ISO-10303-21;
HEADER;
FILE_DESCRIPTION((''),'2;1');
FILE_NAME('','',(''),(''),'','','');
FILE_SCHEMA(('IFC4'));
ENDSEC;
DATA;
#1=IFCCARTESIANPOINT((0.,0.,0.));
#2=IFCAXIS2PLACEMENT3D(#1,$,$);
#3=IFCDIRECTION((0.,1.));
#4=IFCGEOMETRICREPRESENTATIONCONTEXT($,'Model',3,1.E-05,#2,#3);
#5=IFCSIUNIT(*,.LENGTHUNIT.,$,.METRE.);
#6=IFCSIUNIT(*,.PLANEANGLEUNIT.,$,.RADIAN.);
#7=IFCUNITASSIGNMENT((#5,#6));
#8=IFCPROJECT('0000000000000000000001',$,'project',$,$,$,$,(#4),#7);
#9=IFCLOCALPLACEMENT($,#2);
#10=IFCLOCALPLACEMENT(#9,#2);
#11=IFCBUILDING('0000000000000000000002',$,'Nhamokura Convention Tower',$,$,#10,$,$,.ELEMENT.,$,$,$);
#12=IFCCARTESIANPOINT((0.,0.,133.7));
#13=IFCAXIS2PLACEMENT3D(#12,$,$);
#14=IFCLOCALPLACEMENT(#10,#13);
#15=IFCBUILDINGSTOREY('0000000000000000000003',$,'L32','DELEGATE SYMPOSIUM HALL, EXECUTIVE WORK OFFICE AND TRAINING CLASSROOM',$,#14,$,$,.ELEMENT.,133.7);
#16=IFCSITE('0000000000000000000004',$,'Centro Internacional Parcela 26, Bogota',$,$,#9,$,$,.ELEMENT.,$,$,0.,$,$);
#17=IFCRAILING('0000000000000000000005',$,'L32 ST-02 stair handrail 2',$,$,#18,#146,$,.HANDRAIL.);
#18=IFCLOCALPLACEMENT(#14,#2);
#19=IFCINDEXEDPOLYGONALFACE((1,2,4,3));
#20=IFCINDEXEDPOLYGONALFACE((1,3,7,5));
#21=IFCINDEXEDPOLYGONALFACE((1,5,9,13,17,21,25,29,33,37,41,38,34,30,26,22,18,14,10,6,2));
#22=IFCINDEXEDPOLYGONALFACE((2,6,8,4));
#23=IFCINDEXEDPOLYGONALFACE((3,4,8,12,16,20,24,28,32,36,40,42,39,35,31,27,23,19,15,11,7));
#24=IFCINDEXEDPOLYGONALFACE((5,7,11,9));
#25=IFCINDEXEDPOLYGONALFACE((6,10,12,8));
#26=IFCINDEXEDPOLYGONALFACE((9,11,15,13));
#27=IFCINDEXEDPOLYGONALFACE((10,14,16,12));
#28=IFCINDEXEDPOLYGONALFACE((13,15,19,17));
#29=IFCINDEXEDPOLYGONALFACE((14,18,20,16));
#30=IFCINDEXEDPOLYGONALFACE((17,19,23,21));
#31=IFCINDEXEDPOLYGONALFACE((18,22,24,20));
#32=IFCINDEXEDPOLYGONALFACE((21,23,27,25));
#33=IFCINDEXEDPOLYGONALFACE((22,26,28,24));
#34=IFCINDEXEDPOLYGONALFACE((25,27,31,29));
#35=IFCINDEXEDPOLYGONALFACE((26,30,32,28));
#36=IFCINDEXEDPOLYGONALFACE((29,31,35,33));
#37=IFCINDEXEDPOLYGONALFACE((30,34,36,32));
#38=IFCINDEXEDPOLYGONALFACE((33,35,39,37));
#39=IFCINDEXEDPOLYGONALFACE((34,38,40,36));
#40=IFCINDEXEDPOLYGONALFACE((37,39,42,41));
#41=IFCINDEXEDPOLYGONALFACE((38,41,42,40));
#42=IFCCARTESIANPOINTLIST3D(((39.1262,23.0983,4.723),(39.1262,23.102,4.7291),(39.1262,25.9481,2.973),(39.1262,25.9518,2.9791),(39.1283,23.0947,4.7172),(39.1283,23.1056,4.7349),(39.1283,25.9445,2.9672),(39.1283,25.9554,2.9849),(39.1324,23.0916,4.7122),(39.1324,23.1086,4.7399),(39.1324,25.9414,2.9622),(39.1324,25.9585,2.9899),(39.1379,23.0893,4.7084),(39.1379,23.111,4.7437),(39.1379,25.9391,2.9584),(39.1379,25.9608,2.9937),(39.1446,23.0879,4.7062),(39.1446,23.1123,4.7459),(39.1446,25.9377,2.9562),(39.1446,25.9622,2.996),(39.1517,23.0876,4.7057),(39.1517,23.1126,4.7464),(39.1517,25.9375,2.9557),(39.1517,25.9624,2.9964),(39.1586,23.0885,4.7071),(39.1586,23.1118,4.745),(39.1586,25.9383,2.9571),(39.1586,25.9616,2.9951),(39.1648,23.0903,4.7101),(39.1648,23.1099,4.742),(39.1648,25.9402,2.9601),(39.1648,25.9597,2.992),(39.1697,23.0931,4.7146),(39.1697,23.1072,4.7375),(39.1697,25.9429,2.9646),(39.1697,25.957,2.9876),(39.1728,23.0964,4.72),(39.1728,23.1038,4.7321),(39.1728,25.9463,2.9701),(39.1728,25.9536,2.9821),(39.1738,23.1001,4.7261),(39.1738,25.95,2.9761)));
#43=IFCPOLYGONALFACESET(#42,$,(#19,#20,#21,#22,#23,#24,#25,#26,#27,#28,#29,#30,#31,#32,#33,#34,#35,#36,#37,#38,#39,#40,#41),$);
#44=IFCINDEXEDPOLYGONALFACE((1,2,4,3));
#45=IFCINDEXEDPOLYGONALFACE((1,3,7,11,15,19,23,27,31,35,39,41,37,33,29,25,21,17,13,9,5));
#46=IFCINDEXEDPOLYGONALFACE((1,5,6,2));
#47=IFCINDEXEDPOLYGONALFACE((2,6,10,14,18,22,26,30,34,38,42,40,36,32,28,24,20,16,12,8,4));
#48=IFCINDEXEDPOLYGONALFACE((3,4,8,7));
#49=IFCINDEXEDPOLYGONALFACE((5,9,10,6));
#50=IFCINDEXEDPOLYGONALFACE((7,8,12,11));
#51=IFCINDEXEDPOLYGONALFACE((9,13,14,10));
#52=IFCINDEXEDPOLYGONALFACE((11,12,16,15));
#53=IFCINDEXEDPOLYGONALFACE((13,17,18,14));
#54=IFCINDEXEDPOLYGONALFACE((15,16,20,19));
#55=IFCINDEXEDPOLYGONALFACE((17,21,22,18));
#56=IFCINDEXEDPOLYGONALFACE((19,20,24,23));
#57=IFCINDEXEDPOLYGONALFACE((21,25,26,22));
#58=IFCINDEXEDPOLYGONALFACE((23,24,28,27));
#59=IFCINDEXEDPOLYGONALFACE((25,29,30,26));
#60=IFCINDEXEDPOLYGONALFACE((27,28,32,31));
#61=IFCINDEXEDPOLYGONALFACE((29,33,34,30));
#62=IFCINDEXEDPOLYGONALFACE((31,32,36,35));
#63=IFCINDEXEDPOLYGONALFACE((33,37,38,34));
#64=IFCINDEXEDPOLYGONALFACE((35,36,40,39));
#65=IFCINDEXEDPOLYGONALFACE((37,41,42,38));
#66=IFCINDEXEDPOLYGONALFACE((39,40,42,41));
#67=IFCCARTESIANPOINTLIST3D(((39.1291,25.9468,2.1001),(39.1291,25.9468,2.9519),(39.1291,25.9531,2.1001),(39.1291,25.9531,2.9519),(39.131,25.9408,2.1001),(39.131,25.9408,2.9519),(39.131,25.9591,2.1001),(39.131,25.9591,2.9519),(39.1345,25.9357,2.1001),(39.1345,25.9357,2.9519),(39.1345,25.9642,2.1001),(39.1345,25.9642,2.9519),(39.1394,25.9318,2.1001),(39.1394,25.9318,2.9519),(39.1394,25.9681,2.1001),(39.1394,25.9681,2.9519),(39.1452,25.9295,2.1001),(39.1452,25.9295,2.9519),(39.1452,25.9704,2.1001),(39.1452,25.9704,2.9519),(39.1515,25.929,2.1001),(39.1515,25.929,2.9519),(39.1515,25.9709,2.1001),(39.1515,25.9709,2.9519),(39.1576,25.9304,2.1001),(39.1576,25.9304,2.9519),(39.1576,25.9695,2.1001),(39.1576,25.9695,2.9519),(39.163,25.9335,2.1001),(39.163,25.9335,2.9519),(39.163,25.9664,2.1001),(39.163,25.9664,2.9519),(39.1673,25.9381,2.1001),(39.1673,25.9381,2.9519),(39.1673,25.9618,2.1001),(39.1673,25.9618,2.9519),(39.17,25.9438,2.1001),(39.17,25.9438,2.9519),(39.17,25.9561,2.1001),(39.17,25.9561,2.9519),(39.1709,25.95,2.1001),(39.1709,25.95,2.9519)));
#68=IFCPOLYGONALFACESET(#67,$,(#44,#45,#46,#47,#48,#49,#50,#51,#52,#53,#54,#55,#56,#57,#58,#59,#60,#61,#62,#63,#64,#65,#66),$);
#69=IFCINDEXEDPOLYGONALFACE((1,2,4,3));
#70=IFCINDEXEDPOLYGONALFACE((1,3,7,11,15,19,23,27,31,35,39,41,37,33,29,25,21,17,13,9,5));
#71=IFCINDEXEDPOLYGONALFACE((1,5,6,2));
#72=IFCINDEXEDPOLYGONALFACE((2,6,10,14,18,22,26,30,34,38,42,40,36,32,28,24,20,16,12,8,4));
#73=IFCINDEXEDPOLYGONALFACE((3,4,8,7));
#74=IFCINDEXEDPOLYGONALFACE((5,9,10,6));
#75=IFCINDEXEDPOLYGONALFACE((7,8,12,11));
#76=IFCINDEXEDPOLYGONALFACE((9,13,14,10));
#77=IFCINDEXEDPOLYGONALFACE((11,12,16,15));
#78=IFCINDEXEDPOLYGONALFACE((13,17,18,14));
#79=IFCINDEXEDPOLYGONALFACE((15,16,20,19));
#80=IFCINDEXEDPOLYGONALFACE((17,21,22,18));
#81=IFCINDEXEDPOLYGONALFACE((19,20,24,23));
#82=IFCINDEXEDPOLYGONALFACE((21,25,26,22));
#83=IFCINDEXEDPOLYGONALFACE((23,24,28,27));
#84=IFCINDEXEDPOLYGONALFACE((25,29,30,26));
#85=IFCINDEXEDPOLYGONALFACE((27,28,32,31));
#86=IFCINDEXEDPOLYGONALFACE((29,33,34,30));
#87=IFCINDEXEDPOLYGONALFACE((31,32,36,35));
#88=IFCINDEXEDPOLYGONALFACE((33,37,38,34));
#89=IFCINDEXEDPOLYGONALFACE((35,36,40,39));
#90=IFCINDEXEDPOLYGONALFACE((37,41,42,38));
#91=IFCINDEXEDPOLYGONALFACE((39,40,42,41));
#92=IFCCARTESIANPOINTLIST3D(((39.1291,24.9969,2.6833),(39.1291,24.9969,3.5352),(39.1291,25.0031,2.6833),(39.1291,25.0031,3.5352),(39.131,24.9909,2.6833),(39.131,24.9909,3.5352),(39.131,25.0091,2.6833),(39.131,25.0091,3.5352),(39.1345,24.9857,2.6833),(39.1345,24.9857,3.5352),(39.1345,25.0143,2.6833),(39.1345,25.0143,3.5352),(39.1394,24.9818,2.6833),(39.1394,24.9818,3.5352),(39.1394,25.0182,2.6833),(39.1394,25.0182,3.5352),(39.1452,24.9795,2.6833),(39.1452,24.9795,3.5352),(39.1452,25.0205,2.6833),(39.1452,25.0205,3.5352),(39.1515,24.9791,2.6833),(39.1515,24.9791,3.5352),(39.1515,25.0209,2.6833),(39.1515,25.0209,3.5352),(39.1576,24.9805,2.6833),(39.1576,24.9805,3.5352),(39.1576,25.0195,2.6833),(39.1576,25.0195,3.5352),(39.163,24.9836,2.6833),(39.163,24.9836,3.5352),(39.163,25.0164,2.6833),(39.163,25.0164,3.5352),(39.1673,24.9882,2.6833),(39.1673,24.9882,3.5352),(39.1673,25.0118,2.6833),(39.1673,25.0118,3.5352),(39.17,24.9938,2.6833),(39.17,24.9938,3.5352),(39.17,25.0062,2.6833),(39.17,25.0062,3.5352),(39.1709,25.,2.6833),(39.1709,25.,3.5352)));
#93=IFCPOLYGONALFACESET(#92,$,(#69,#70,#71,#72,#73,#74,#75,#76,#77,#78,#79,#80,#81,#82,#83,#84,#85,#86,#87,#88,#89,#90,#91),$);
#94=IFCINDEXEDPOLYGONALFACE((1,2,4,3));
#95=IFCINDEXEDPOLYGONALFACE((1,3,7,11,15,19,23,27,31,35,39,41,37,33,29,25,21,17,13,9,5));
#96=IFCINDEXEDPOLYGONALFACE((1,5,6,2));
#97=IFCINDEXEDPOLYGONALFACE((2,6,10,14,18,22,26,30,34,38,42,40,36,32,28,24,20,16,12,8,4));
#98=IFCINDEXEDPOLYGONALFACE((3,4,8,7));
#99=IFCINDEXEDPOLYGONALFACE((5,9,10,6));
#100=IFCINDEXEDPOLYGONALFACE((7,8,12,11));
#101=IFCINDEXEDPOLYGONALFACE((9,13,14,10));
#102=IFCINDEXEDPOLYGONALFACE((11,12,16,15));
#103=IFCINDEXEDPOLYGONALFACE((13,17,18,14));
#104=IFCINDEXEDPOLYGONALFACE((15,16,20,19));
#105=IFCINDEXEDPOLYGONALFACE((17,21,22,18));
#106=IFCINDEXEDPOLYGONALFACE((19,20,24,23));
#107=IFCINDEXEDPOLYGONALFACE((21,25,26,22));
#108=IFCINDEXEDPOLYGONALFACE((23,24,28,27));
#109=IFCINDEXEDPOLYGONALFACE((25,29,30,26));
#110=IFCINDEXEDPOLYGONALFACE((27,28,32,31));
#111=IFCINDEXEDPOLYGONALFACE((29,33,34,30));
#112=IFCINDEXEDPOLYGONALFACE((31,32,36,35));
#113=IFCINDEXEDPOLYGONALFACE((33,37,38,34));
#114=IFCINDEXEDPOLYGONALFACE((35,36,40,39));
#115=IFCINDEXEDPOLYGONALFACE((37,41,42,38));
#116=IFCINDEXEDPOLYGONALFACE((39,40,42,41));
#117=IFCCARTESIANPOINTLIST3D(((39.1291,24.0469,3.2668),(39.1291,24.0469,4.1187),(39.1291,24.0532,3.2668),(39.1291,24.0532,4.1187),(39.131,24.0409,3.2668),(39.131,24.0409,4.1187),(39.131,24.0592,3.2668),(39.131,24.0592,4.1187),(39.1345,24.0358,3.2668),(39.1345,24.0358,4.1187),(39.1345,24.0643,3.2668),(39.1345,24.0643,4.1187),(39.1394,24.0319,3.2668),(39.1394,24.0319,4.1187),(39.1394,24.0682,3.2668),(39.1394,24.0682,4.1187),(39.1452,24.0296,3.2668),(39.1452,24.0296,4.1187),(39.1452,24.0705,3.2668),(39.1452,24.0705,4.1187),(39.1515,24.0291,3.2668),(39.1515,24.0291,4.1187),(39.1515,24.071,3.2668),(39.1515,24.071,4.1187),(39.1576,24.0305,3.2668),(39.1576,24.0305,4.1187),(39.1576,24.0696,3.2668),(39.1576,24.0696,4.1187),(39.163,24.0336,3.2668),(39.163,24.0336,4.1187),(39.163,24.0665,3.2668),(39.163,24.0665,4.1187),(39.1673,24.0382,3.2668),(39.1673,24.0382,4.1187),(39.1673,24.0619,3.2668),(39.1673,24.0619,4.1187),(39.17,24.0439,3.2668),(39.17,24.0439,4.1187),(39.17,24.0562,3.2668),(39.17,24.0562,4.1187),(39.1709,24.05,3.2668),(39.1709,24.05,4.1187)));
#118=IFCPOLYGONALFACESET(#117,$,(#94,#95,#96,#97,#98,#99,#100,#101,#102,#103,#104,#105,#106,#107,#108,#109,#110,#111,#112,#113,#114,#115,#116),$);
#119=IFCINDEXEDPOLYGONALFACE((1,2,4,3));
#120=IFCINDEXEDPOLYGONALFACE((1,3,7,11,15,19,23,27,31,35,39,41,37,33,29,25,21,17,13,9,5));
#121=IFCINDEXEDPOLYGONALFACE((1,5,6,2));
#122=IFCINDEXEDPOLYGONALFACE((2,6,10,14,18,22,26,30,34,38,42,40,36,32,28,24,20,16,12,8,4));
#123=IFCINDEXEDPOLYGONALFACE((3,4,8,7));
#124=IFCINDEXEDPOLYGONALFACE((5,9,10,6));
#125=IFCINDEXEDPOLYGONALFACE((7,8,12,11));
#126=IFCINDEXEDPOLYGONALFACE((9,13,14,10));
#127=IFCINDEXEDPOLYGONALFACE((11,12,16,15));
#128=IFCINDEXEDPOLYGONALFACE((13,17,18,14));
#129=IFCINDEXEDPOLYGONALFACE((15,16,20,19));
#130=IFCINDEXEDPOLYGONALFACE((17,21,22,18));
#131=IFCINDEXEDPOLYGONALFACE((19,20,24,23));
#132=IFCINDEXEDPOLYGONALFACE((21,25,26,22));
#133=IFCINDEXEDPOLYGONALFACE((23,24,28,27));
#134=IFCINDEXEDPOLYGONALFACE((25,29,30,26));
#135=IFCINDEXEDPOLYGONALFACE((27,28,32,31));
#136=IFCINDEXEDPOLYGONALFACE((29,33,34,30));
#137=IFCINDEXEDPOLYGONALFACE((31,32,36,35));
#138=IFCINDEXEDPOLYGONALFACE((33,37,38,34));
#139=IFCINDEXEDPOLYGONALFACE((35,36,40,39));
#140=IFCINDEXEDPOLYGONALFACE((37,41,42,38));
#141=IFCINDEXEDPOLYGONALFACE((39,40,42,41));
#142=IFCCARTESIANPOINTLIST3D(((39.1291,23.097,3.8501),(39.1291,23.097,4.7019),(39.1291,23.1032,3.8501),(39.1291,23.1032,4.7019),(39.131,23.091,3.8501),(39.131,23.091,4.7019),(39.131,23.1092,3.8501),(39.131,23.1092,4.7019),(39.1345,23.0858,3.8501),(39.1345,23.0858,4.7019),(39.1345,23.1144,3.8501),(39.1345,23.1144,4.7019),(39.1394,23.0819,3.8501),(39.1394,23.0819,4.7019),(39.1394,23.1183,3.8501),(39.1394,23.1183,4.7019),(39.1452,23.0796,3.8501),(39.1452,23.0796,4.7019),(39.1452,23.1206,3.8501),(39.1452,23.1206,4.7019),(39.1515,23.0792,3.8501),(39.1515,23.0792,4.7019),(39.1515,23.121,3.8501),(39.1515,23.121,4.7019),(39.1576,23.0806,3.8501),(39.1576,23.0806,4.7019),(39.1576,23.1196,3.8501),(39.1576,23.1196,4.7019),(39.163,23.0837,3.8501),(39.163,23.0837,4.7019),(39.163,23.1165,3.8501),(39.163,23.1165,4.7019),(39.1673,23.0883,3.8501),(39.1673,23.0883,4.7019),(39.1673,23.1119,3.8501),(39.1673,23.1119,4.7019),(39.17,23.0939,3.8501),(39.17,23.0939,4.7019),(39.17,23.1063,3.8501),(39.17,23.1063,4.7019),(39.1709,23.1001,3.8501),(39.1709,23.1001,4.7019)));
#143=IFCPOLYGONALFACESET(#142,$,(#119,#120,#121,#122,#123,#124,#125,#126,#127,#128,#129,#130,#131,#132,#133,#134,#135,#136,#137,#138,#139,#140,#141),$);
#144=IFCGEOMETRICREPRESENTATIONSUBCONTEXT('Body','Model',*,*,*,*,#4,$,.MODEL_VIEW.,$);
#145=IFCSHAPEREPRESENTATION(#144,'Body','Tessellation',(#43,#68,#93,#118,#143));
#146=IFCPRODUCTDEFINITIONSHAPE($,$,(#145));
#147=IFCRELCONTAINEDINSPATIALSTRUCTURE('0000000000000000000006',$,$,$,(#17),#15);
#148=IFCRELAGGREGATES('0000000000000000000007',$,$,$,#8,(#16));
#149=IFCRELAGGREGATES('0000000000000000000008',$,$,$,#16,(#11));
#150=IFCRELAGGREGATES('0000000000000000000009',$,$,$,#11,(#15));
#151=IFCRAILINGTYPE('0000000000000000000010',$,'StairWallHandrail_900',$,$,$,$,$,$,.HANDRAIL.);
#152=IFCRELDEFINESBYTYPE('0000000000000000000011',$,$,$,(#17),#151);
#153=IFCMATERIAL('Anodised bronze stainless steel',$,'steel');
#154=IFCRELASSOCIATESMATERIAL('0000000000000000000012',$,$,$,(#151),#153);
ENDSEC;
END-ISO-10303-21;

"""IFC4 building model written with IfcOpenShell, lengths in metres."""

from ifc_helpers import new_model, si_unit, direction, frame, origin, origin_2d, place, context, subcontext, project, spatial, circle, extrude, material, type_object, element, save


model = new_model("IFC4")

# Units and contexts
model_context = context("Model", 3, precision=1e-05, world=origin(), true_north=direction((0.0, 1.0)))
body_context = subcontext(model_context, "Body", "Model", "MODEL_VIEW")
ifc_project = project(units=[si_unit("LENGTHUNIT", "METRE"), si_unit("PLANEANGLEUNIT", "RADIAN")], contexts=[model_context])

# Site, building, storey
site_placement = place(None, origin())
site = spatial("IfcSite", under=ifc_project, at=site_placement, Name="Centro Internacional Parcela 26, Bogota", CompositionType="ELEMENT", RefElevation=0.0)
building_placement = place(site_placement, origin())
building = spatial("IfcBuilding", under=site, at=building_placement, Name="Nhamokura Convention Tower", CompositionType="ELEMENT")
storey_placement = place(building_placement, frame((0.0, 0.0, 133.7)))
storey = spatial("IfcBuildingStorey", under=building, at=storey_placement, Name="L32", Description="DELEGATE SYMPOSIUM HALL, EXECUTIVE WORK OFFICE AND TRAINING CLASSROOM", CompositionType="ELEMENT", Elevation=133.7)

# Railing
ifc_material_1 = material(Name="Anodised bronze stainless steel", Category="steel")
railing_type_1 = type_object("IfcRailingType", Name="StairWallHandrail_900", PredefinedType="HANDRAIL", material=ifc_material_1)
railing_1_placement = place(storey_placement, frame((39.1499, 25.95, 2.1001)))
element("IfcRailing", 1, at=railing_1_placement, inside=storey, type_object=railing_type_1, Name="L32 ST-02 stair handrail 2", PredefinedType="HANDRAIL", context=body_context, shape_type="SweptSolid", body=[
    extrude(circle(Radius=0.0239, at=origin_2d()), frame((0.0, 0.0, 0.876), z_axis=(0.0, -0.852159, 0.523283), x_axis=(1.0, 0.0, 0.0)), (0.0, 0.0, 1.0), 3.3442),
    extrude(circle(Radius=0.021, at=origin_2d()), origin(), (0.0, 0.0, 1.0), 0.8518),
    extrude(circle(Radius=0.021, at=origin_2d()), frame((0.0, -0.95, 0.5833)), (0.0, 0.0, 1.0), 0.8518),
    extrude(circle(Radius=0.021, at=origin_2d()), frame((0.0, -1.8999, 1.1667)), (0.0, 0.0, 1.0), 0.8518),
    extrude(circle(Radius=0.021, at=origin_2d()), frame((0.0, -2.8499, 1.75)), (0.0, 0.0, 1.0), 0.8518),
])

save(model, "model.ifc")
